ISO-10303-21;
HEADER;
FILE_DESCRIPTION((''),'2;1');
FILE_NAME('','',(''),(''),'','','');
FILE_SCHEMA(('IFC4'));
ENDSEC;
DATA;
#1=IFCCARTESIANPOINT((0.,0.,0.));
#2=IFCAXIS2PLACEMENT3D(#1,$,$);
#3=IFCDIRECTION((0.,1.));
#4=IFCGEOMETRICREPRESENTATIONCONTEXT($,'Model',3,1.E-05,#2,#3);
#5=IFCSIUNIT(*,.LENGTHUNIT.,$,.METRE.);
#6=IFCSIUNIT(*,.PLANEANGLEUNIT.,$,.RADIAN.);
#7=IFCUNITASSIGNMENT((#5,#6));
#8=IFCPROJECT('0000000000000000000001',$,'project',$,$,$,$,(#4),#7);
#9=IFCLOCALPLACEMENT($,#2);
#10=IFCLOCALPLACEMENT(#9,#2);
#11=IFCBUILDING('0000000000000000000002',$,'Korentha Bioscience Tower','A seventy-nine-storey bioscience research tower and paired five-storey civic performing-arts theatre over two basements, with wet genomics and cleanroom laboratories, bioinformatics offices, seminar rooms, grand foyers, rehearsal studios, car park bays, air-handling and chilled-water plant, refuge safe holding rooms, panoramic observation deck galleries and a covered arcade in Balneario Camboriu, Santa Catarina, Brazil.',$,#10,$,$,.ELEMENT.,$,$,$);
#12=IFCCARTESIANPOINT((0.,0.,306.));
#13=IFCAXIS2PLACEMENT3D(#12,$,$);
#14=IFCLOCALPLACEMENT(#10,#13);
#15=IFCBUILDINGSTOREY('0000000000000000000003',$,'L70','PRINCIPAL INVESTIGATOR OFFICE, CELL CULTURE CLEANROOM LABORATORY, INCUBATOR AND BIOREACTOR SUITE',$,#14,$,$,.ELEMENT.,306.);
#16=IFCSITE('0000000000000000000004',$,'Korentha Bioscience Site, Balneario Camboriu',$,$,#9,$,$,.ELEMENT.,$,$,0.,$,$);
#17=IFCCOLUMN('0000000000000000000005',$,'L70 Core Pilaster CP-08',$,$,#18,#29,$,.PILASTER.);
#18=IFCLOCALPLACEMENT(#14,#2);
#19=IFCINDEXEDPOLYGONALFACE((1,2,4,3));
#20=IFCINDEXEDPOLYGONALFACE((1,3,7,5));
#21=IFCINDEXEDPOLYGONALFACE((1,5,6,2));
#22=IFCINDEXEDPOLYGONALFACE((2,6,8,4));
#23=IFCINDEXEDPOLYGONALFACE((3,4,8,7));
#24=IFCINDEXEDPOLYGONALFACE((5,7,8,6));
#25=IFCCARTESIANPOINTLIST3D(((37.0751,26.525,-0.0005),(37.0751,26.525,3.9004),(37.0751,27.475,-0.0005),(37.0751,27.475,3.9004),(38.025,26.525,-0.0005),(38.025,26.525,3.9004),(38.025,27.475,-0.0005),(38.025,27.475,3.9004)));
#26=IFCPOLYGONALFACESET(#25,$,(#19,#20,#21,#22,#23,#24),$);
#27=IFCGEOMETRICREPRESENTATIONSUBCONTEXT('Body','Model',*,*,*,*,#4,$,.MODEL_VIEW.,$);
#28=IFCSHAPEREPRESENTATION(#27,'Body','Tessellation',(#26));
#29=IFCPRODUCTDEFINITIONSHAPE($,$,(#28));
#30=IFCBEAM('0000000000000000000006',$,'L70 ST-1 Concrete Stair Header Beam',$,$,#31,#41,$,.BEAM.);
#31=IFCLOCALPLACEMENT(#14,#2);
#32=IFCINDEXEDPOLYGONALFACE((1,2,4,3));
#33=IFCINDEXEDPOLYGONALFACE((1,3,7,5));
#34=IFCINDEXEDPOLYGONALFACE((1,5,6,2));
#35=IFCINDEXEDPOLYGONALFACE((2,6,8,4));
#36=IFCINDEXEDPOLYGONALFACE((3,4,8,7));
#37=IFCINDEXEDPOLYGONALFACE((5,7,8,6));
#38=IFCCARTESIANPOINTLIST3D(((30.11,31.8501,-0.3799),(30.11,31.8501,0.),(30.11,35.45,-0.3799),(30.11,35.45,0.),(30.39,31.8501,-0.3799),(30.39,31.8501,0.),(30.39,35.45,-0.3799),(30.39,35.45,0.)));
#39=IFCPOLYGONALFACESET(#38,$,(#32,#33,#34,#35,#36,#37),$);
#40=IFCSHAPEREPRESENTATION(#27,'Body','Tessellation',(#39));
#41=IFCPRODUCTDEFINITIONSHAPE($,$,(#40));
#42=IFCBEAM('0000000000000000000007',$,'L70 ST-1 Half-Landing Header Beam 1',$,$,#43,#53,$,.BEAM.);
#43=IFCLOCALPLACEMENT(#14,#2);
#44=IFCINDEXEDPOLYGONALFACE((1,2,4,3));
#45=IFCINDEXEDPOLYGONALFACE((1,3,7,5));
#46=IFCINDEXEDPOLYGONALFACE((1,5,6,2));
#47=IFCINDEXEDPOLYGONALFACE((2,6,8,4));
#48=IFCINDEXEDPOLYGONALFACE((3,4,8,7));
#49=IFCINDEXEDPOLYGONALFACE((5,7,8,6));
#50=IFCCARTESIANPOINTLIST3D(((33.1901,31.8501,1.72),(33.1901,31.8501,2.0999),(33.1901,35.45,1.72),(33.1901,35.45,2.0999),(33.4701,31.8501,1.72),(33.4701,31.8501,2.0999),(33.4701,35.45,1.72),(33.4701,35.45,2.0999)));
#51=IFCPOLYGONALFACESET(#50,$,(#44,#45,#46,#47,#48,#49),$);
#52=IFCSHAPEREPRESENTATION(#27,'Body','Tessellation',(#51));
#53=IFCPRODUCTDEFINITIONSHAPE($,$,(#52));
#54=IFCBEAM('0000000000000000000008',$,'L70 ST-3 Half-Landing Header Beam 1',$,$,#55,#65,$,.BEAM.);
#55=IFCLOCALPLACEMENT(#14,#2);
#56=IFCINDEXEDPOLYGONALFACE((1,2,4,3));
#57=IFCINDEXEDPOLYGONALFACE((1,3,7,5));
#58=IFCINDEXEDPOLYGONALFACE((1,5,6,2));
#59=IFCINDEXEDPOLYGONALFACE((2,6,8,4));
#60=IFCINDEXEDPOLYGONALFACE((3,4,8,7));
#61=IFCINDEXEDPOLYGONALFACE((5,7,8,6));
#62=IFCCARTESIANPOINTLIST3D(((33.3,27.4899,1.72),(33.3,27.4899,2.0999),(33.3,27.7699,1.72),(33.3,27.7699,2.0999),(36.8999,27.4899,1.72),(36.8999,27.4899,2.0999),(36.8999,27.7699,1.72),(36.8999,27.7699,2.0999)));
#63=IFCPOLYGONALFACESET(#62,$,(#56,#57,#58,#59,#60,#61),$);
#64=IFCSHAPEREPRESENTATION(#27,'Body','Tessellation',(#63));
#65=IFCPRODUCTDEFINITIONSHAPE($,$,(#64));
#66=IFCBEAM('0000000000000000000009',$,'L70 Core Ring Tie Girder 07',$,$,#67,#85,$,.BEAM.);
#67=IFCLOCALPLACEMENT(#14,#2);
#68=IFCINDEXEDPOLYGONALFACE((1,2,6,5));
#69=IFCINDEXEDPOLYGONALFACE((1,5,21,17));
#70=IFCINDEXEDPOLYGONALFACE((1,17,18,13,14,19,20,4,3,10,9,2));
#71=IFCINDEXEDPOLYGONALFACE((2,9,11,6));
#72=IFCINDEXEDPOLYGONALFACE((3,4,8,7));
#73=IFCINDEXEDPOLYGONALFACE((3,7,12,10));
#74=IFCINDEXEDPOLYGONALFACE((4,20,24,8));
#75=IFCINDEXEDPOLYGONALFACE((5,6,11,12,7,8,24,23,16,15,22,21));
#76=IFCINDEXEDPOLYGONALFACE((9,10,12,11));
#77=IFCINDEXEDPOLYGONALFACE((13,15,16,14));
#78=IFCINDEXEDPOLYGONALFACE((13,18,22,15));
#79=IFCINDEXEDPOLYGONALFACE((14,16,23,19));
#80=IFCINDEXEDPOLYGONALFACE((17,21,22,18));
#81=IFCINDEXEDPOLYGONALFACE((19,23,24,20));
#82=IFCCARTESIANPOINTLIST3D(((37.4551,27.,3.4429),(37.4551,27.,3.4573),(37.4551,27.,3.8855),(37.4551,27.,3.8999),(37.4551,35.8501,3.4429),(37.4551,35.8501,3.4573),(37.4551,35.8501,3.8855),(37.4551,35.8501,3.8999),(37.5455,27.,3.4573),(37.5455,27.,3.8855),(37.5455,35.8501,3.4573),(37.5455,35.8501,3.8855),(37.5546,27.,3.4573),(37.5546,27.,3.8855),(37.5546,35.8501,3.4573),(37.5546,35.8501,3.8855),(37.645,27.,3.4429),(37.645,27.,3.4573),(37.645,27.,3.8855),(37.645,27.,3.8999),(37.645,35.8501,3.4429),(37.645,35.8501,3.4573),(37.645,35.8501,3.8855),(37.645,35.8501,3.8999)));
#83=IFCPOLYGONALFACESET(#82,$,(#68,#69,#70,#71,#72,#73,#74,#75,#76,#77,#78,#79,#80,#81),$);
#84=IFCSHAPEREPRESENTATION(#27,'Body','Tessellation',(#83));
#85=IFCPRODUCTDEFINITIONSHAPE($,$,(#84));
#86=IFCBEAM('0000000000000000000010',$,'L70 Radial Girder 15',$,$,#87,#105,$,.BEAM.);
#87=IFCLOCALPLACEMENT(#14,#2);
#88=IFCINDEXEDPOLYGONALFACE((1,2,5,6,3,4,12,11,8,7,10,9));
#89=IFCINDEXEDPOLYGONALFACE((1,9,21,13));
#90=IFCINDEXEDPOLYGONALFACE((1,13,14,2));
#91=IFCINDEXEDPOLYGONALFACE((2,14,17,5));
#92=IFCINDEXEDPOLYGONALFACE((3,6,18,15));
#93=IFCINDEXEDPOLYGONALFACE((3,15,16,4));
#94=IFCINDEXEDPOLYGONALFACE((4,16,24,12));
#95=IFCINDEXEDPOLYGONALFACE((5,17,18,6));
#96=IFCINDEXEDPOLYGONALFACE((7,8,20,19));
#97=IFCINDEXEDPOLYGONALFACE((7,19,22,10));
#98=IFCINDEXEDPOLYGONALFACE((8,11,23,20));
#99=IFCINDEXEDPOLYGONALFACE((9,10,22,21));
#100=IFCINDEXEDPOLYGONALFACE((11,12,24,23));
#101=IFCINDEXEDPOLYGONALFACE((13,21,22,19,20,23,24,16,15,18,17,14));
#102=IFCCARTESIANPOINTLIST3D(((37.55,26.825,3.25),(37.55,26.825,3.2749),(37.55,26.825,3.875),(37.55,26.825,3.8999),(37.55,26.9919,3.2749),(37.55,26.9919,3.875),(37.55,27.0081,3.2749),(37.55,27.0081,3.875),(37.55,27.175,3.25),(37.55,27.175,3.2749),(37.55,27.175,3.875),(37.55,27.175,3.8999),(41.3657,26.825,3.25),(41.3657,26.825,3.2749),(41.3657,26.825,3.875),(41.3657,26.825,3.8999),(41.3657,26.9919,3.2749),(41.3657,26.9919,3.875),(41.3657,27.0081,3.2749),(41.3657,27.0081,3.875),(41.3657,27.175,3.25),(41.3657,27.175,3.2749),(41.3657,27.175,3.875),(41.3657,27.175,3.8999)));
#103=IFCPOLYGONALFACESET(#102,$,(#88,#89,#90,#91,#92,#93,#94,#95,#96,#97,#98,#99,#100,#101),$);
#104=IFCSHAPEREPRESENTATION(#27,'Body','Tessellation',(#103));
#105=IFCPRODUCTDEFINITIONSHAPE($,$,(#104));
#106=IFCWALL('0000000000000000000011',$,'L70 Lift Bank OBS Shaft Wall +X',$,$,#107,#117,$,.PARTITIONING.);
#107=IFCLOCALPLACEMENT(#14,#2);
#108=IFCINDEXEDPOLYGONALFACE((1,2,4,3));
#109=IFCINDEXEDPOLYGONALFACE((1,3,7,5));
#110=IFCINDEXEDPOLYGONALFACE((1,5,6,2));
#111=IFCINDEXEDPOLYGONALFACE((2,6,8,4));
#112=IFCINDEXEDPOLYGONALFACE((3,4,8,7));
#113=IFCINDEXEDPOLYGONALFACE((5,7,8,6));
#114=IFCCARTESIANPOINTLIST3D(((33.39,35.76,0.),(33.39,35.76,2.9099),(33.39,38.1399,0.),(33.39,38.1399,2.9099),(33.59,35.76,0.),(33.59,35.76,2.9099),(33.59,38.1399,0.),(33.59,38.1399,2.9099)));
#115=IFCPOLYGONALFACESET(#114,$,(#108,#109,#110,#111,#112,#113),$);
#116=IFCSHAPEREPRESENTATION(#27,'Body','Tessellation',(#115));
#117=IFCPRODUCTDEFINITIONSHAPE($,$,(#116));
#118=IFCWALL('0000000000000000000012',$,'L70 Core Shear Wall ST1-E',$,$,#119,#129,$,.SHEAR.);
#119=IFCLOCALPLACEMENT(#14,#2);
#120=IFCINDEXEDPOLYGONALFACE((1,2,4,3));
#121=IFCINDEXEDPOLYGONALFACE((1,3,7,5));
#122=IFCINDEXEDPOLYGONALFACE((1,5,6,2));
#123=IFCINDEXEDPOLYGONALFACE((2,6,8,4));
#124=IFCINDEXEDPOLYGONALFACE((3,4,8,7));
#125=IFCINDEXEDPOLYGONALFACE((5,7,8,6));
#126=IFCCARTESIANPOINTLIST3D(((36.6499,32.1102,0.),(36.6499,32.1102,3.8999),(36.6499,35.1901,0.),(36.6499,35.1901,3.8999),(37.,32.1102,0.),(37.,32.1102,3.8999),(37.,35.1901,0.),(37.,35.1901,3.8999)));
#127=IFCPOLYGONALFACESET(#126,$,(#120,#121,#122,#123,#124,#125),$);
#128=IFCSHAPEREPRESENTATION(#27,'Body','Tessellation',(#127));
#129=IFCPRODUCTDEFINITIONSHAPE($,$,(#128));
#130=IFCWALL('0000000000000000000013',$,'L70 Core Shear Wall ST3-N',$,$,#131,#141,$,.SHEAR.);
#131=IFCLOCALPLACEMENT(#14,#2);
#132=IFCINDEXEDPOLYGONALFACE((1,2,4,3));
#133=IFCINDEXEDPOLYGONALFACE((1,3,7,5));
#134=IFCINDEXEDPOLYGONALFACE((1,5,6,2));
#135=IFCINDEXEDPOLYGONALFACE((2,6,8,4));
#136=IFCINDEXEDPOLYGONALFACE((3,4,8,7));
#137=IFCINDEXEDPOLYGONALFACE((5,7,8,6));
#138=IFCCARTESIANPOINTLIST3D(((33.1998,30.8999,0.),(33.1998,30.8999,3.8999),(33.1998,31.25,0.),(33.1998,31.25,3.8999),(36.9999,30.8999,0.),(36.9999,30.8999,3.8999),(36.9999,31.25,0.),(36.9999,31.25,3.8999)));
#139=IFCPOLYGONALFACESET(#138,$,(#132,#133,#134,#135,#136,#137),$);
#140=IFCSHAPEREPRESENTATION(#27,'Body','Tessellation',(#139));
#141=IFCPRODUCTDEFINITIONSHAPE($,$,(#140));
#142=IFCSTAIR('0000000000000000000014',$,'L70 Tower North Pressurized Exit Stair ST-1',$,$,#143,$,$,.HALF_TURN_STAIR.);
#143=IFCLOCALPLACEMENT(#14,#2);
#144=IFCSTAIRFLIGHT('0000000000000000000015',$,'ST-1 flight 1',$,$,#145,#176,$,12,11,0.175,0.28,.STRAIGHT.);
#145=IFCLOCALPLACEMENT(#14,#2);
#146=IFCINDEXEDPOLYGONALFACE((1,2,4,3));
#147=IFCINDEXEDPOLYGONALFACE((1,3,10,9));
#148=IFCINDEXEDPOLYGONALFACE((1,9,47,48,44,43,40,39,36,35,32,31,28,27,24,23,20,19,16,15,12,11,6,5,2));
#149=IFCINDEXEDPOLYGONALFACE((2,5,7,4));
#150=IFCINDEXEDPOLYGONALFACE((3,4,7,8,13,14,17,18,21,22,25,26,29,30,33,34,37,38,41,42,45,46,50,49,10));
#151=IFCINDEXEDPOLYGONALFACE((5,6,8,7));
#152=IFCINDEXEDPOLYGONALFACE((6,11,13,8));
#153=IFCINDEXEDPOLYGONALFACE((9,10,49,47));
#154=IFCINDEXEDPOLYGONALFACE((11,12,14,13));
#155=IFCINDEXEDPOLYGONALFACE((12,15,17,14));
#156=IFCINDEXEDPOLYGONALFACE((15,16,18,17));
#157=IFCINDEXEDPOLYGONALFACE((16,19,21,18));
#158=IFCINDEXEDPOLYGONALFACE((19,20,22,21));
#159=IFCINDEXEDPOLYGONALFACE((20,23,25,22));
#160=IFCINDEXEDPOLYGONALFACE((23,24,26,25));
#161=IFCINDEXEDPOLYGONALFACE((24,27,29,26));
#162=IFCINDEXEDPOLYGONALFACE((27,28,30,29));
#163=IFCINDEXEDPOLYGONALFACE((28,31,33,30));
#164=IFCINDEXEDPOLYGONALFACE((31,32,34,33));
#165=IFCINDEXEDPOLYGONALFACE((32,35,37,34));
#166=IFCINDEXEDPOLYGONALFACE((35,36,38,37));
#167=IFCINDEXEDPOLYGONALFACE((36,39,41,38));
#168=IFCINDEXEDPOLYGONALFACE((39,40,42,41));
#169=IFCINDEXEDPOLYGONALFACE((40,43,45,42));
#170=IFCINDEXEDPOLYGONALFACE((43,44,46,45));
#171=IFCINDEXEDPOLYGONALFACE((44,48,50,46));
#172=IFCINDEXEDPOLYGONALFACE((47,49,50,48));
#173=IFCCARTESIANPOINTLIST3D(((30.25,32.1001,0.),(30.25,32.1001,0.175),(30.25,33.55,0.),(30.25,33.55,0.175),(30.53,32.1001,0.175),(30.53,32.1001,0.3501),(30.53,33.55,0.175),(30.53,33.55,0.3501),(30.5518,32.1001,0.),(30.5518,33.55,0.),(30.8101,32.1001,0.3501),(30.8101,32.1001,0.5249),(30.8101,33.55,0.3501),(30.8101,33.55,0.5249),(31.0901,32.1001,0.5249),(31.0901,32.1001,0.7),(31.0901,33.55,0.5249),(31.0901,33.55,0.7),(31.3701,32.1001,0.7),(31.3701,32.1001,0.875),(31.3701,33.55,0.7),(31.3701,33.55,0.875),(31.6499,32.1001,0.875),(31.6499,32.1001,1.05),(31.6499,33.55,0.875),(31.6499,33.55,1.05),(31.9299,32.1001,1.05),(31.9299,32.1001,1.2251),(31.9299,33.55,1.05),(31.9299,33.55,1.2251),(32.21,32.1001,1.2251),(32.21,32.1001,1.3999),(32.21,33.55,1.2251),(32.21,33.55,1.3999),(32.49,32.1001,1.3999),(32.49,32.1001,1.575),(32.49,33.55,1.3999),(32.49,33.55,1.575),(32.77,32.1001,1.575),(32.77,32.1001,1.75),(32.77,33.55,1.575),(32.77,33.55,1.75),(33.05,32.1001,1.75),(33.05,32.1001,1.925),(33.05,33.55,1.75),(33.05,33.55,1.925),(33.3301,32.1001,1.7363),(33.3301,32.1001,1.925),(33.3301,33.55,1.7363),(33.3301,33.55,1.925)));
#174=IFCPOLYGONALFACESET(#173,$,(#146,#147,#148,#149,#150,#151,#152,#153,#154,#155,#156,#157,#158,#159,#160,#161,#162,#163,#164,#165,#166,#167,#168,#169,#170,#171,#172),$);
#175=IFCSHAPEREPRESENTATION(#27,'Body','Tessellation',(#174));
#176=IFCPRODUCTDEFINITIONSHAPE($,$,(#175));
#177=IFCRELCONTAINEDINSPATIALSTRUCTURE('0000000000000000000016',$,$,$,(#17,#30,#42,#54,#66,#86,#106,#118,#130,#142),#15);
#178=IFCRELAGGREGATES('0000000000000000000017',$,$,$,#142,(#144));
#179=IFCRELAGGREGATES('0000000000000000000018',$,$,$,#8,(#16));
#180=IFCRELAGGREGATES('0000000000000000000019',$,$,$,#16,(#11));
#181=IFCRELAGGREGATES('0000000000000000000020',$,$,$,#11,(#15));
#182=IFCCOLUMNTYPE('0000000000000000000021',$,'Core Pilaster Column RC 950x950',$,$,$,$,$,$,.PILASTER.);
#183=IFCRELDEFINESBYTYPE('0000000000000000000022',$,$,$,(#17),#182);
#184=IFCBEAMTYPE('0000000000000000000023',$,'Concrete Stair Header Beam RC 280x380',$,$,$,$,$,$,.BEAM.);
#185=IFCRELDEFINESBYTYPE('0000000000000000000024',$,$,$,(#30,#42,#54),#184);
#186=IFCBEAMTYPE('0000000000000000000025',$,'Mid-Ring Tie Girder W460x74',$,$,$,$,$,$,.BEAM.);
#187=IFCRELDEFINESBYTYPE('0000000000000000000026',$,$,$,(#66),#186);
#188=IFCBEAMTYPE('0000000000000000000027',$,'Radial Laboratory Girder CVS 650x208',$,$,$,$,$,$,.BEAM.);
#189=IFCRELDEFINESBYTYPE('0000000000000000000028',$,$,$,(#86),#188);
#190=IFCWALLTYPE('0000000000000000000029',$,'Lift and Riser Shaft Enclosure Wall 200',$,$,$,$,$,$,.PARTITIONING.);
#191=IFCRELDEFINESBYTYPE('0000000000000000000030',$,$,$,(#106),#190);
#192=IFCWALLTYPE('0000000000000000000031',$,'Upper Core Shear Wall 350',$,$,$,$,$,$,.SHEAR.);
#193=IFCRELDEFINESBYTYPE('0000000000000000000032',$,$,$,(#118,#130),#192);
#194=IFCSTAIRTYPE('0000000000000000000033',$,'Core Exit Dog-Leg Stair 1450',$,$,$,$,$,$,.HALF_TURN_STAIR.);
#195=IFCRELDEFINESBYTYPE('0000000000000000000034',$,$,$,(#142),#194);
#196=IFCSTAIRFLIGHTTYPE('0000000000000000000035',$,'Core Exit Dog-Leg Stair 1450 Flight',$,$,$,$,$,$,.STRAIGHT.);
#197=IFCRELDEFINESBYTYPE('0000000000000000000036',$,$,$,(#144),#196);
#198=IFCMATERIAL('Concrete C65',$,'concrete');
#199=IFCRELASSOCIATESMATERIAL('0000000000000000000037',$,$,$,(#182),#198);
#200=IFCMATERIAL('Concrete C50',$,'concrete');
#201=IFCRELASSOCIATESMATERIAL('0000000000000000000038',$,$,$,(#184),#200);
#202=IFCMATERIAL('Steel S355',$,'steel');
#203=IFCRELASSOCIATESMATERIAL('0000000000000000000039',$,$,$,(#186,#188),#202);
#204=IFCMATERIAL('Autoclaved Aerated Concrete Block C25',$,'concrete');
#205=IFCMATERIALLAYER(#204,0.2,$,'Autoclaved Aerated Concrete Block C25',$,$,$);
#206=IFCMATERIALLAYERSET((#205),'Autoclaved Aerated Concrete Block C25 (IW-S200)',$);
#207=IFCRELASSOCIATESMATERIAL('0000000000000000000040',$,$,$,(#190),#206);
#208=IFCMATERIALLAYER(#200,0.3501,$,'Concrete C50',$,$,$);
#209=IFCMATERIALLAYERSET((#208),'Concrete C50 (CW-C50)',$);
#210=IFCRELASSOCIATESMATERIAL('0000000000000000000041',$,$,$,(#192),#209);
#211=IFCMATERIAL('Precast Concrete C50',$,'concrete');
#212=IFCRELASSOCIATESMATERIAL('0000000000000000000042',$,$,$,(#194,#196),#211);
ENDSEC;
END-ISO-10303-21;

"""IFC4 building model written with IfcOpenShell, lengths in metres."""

from ifc_helpers import new_model, si_unit, direction, frame, frame_2d, origin, origin_2d, place, context, subcontext, project, spatial, polyline, rectangle, i_section, outline, extrude, material, layer, layer_set, material_profile, profile_set, type_object, element, aggregate, save


model = new_model("IFC4")

# Units and contexts
model_context = context("Model", 3, precision=1e-05, world=origin(), true_north=direction((0.0, 1.0)))
body_context = subcontext(model_context, "Body", "Model", "MODEL_VIEW")
ifc_project = project(units=[si_unit("LENGTHUNIT", "METRE"), si_unit("PLANEANGLEUNIT", "RADIAN")], contexts=[model_context])

# Site, building, storey
site_placement = place(None, origin())
site = spatial("IfcSite", under=ifc_project, at=site_placement, Name="Korentha Bioscience Site, Balneario Camboriu", CompositionType="ELEMENT", RefElevation=0.0)
building_placement = place(site_placement, origin())
building = spatial("IfcBuilding", under=site, at=building_placement, Name="Korentha Bioscience Tower", Description="A seventy-nine-storey bioscience research tower and paired five-storey civic performing-arts theatre over two basements, with wet genomics and cleanroom laboratories, bioinformatics offices, seminar rooms, grand foyers, rehearsal studios, car park bays, air-handling and chilled-water plant, refuge safe holding rooms, panoramic observation deck galleries and a covered arcade in Balneario Camboriu, Santa Catarina, Brazil.", CompositionType="ELEMENT")
storey_placement = place(building_placement, frame((0.0, 0.0, 306.0)))
storey = spatial("IfcBuildingStorey", under=building, at=storey_placement, Name="L70", Description="PRINCIPAL INVESTIGATOR OFFICE, CELL CULTURE CLEANROOM LABORATORY, INCUBATOR AND BIOREACTOR SUITE", CompositionType="ELEMENT", Elevation=306.0)

# Column
ifc_material_1 = material(Name="Concrete C65", Category="concrete")
ifc_material_profile_1 = material_profile(ifc_material_1, rectangle(XDim=0.95, YDim=0.95, at=origin_2d()), Name="Concrete C65")
ifc_profile_set_1 = profile_set([ifc_material_profile_1], Name="Concrete C65 (COL-CP09)")
column_type = type_object("IfcColumnType", Name="Core Pilaster Column RC 950x950", PredefinedType="PILASTER", material=ifc_profile_set_1)
column_placement = place(storey_placement, frame((37.55, 27.0, -0.0005), z_axis=(0.0, 0.0, 1.0), x_axis=(1.0, 0.0, 0.0)))
element("IfcColumn", 1, at=column_placement, inside=storey, type_object=column_type, Name="L70 Core Pilaster CP-08", PredefinedType="PILASTER", context=body_context, shape_type="SweptSolid", body=[
    extrude(rectangle(XDim=0.95, YDim=0.95, at=origin_2d()), origin(), (0.0, 0.0, 1.0), 3.9009),
])

# Beams
ifc_material_2 = material(Name="Concrete C50", Category="concrete")
ifc_material_profile_2 = material_profile(ifc_material_2, rectangle(XDim=0.28, YDim=0.3799, at=origin_2d()), Name="Concrete C50")
ifc_profile_set_2 = profile_set([ifc_material_profile_2], Name="Concrete C50 (ST-HB380)")
beam_type_1 = type_object("IfcBeamType", Name="Concrete Stair Header Beam RC 280x380", PredefinedType="BEAM", material=ifc_profile_set_2)
for number, where, z_axis, x_axis, name in (
    (2, (30.25, 31.8501, -0.1899), (0.0, 1.0, 0.0), (-1.0, 0.0, 0.0), "L70 ST-1 Concrete Stair Header Beam"),
    (3, (33.3301, 31.8501, 1.9099), (0.0, 1.0, 0.0), (-1.0, 0.0, 0.0), "L70 ST-1 Half-Landing Header Beam 1"),
    (4, (36.8999, 27.6299, 1.9099), (-1.0, 0.0, 0.0), (0.0, -1.0, 0.0), "L70 ST-3 Half-Landing Header Beam 1"),
):
    element("IfcBeam", number, at=place(storey_placement, frame(where, z_axis=z_axis, x_axis=x_axis)), inside=storey, type_object=beam_type_1, Name=name, PredefinedType="BEAM", context=body_context, shape_type="SweptSolid", body=[
        extrude(rectangle(XDim=0.28, YDim=0.3799, at=origin_2d()), origin(), (0.0, 0.0, 1.0), 3.5999),
    ])
ifc_material_3 = material(Name="Steel S355", Category="steel")
ifc_material_profile_3 = material_profile(ifc_material_3, i_section(OverallWidth=0.1899, OverallDepth=0.457, WebThickness=0.009, FlangeThickness=0.0144, at=origin_2d()), Name="Steel S355")
ifc_profile_set_3 = profile_set([ifc_material_profile_3], Name="Steel S355 (MB-460)")
beam_type_2 = type_object("IfcBeamType", Name="Mid-Ring Tie Girder W460x74", PredefinedType="BEAM", material=ifc_profile_set_3)
beam_1_placement = place(storey_placement, frame((37.55, 27.0, 3.6714), z_axis=(0.0, 1.0, 0.0), x_axis=(-1.0, 0.0, 0.0)))
element("IfcBeam", 5, at=beam_1_placement, inside=storey, type_object=beam_type_2, Name="L70 Core Ring Tie Girder 07", PredefinedType="BEAM", context=body_context, shape_type="SweptSolid", body=[
    extrude(i_section(OverallWidth=0.1899, OverallDepth=0.457, WebThickness=0.009, FlangeThickness=0.0144, at=origin_2d()), origin(), (0.0, 0.0, 1.0), 8.8501),
])
ifc_material_profile_4 = material_profile(ifc_material_3, i_section(OverallWidth=0.3501, OverallDepth=0.6499, WebThickness=0.0161, FlangeThickness=0.0249, at=origin_2d()), Name="Steel S355")
ifc_profile_set_4 = profile_set([ifc_material_profile_4], Name="Steel S355 (RB-650)")
beam_type_3 = type_object("IfcBeamType", Name="Radial Laboratory Girder CVS 650x208", PredefinedType="BEAM", material=ifc_profile_set_4)
beam_2_placement = place(storey_placement, frame((37.55, 27.0, 3.575), z_axis=(1.0, 0.0, 0.0), x_axis=(0.0, 1.0, 0.0)))
element("IfcBeam", 6, at=beam_2_placement, inside=storey, type_object=beam_type_3, Name="L70 Radial Girder 15", PredefinedType="BEAM", context=body_context, shape_type="SweptSolid", body=[
    extrude(i_section(OverallWidth=0.3501, OverallDepth=0.6499, WebThickness=0.0161, FlangeThickness=0.0249, at=origin_2d()), origin(), (0.0, 0.0, 1.0), 3.8157),
])

# Walls
ifc_material_4 = material(Name="Autoclaved Aerated Concrete Block C25", Category="concrete")
ifc_layer_1 = layer(ifc_material_4, 0.2, Name="Autoclaved Aerated Concrete Block C25")
ifc_layer_set_1 = layer_set([ifc_layer_1], Name="Autoclaved Aerated Concrete Block C25 (IW-S200)")
wall_type_1 = type_object("IfcWallType", Name="Lift and Riser Shaft Enclosure Wall 200", PredefinedType="PARTITIONING", material=ifc_layer_set_1)
wall_1_placement = place(storey_placement, frame((33.49, 35.76, 0.0), z_axis=(0.0, 0.0, 1.0), x_axis=(0.0, 1.0, 0.0)))
element("IfcWall", 7, at=wall_1_placement, inside=storey, type_object=wall_type_1, Name="L70 Lift Bank OBS Shaft Wall +X", PredefinedType="PARTITIONING", context=body_context, shape_type="SweptSolid", body=[
    extrude(rectangle(XDim=2.3799, YDim=0.2, at=frame_2d((1.1899, 0.0))), origin(), (0.0, 0.0, 1.0), 2.9099),
])
ifc_layer_2 = layer(ifc_material_2, 0.3501, Name="Concrete C50")
ifc_layer_set_2 = layer_set([ifc_layer_2], Name="Concrete C50 (CW-C50)")
wall_type_2 = type_object("IfcWallType", Name="Upper Core Shear Wall 350", PredefinedType="SHEAR", material=ifc_layer_set_2)
wall_2_placement = place(storey_placement, frame((36.825, 32.1101, 0.0), z_axis=(0.0, 0.0, 1.0), x_axis=(0.0, 1.0, 0.0)))
element("IfcWall", 8, at=wall_2_placement, inside=storey, type_object=wall_type_2, Name="L70 Core Shear Wall ST1-E", PredefinedType="SHEAR", context=body_context, shape_type="SweptSolid", body=[
    extrude(rectangle(XDim=3.0798, YDim=0.3501, at=frame_2d((1.54, 0.0))), origin(), (0.0, 0.0, 1.0), 3.8999),
])
wall_3_placement = place(storey_placement, frame((33.2, 31.075, 0.0), z_axis=(0.0, 0.0, 1.0), x_axis=(1.0, 0.0, 0.0)))
element("IfcWall", 9, at=wall_3_placement, inside=storey, type_object=wall_type_2, Name="L70 Core Shear Wall ST3-N", PredefinedType="SHEAR", context=body_context, shape_type="SweptSolid", body=[
    extrude(rectangle(XDim=3.8, YDim=0.3501, at=frame_2d((1.8999, 0.0))), origin(), (0.0, 0.0, 1.0), 3.8999),
])

# Stair, stair flight
ifc_material_5 = material(Name="Precast Concrete C50", Category="concrete")
stair_type = type_object("IfcStairType", Name="Core Exit Dog-Leg Stair 1450", PredefinedType="HALF_TURN_STAIR", material=ifc_material_5)
stair_1_placement = place(storey_placement, origin())
stair_1 = element("IfcStair", 10, at=stair_1_placement, inside=storey, type_object=stair_type, Name="L70 Tower North Pressurized Exit Stair ST-1", PredefinedType="HALF_TURN_STAIR")
stair_flight_type = type_object("IfcStairFlightType", Name="Core Exit Dog-Leg Stair 1450 Flight", PredefinedType="STRAIGHT", material=ifc_material_5)
stair_flight_1_placement = place(storey_placement, frame((30.25, 32.825, 0.0), z_axis=(0.0, 0.0, 1.0), x_axis=(1.0, 0.0, 0.0)))
stair_flight_1 = element("IfcStairFlight", 11, at=stair_flight_1_placement, type_object=stair_flight_type, Name="ST-1 flight 1", NumberOfRisers=12, NumberOfTreads=11, PredefinedType="STRAIGHT", RiserHeight=0.175, TreadLength=0.28, context=body_context, shape_type="SweptSolid", body=[
    extrude(outline(polyline([(0.0, 0.0), (0.0, 0.175), (0.28, 0.175), (0.28, 0.3501), (0.5601, 0.3501), (0.5601, 0.5249), (0.8401, 0.5249), (0.8401, 0.7), (1.1201, 0.7), (1.1201, 0.875), (1.3999, 0.875), (1.3999, 1.05), (1.6799, 1.05), (1.6799, 1.2251), (1.96, 1.2251), (1.96, 1.3999), (2.24, 1.3999), (2.24, 1.575), (2.52, 1.575), (2.52, 1.75), (2.8, 1.75), (2.8, 1.925), (3.0801, 1.925), (3.0801, 2.1001), (3.0801, 1.7363), (0.3018, 0.0), (0.0, 0.0)])), frame((0.0, 0.7251, 0.0), z_axis=(0.0, -1.0, 0.0), x_axis=(1.0, 0.0, 0.0)), (0.0, 0.0, 1.0), 1.45),
])
aggregate(stair_1, [stair_flight_1])

save(model, "model.ifc")
